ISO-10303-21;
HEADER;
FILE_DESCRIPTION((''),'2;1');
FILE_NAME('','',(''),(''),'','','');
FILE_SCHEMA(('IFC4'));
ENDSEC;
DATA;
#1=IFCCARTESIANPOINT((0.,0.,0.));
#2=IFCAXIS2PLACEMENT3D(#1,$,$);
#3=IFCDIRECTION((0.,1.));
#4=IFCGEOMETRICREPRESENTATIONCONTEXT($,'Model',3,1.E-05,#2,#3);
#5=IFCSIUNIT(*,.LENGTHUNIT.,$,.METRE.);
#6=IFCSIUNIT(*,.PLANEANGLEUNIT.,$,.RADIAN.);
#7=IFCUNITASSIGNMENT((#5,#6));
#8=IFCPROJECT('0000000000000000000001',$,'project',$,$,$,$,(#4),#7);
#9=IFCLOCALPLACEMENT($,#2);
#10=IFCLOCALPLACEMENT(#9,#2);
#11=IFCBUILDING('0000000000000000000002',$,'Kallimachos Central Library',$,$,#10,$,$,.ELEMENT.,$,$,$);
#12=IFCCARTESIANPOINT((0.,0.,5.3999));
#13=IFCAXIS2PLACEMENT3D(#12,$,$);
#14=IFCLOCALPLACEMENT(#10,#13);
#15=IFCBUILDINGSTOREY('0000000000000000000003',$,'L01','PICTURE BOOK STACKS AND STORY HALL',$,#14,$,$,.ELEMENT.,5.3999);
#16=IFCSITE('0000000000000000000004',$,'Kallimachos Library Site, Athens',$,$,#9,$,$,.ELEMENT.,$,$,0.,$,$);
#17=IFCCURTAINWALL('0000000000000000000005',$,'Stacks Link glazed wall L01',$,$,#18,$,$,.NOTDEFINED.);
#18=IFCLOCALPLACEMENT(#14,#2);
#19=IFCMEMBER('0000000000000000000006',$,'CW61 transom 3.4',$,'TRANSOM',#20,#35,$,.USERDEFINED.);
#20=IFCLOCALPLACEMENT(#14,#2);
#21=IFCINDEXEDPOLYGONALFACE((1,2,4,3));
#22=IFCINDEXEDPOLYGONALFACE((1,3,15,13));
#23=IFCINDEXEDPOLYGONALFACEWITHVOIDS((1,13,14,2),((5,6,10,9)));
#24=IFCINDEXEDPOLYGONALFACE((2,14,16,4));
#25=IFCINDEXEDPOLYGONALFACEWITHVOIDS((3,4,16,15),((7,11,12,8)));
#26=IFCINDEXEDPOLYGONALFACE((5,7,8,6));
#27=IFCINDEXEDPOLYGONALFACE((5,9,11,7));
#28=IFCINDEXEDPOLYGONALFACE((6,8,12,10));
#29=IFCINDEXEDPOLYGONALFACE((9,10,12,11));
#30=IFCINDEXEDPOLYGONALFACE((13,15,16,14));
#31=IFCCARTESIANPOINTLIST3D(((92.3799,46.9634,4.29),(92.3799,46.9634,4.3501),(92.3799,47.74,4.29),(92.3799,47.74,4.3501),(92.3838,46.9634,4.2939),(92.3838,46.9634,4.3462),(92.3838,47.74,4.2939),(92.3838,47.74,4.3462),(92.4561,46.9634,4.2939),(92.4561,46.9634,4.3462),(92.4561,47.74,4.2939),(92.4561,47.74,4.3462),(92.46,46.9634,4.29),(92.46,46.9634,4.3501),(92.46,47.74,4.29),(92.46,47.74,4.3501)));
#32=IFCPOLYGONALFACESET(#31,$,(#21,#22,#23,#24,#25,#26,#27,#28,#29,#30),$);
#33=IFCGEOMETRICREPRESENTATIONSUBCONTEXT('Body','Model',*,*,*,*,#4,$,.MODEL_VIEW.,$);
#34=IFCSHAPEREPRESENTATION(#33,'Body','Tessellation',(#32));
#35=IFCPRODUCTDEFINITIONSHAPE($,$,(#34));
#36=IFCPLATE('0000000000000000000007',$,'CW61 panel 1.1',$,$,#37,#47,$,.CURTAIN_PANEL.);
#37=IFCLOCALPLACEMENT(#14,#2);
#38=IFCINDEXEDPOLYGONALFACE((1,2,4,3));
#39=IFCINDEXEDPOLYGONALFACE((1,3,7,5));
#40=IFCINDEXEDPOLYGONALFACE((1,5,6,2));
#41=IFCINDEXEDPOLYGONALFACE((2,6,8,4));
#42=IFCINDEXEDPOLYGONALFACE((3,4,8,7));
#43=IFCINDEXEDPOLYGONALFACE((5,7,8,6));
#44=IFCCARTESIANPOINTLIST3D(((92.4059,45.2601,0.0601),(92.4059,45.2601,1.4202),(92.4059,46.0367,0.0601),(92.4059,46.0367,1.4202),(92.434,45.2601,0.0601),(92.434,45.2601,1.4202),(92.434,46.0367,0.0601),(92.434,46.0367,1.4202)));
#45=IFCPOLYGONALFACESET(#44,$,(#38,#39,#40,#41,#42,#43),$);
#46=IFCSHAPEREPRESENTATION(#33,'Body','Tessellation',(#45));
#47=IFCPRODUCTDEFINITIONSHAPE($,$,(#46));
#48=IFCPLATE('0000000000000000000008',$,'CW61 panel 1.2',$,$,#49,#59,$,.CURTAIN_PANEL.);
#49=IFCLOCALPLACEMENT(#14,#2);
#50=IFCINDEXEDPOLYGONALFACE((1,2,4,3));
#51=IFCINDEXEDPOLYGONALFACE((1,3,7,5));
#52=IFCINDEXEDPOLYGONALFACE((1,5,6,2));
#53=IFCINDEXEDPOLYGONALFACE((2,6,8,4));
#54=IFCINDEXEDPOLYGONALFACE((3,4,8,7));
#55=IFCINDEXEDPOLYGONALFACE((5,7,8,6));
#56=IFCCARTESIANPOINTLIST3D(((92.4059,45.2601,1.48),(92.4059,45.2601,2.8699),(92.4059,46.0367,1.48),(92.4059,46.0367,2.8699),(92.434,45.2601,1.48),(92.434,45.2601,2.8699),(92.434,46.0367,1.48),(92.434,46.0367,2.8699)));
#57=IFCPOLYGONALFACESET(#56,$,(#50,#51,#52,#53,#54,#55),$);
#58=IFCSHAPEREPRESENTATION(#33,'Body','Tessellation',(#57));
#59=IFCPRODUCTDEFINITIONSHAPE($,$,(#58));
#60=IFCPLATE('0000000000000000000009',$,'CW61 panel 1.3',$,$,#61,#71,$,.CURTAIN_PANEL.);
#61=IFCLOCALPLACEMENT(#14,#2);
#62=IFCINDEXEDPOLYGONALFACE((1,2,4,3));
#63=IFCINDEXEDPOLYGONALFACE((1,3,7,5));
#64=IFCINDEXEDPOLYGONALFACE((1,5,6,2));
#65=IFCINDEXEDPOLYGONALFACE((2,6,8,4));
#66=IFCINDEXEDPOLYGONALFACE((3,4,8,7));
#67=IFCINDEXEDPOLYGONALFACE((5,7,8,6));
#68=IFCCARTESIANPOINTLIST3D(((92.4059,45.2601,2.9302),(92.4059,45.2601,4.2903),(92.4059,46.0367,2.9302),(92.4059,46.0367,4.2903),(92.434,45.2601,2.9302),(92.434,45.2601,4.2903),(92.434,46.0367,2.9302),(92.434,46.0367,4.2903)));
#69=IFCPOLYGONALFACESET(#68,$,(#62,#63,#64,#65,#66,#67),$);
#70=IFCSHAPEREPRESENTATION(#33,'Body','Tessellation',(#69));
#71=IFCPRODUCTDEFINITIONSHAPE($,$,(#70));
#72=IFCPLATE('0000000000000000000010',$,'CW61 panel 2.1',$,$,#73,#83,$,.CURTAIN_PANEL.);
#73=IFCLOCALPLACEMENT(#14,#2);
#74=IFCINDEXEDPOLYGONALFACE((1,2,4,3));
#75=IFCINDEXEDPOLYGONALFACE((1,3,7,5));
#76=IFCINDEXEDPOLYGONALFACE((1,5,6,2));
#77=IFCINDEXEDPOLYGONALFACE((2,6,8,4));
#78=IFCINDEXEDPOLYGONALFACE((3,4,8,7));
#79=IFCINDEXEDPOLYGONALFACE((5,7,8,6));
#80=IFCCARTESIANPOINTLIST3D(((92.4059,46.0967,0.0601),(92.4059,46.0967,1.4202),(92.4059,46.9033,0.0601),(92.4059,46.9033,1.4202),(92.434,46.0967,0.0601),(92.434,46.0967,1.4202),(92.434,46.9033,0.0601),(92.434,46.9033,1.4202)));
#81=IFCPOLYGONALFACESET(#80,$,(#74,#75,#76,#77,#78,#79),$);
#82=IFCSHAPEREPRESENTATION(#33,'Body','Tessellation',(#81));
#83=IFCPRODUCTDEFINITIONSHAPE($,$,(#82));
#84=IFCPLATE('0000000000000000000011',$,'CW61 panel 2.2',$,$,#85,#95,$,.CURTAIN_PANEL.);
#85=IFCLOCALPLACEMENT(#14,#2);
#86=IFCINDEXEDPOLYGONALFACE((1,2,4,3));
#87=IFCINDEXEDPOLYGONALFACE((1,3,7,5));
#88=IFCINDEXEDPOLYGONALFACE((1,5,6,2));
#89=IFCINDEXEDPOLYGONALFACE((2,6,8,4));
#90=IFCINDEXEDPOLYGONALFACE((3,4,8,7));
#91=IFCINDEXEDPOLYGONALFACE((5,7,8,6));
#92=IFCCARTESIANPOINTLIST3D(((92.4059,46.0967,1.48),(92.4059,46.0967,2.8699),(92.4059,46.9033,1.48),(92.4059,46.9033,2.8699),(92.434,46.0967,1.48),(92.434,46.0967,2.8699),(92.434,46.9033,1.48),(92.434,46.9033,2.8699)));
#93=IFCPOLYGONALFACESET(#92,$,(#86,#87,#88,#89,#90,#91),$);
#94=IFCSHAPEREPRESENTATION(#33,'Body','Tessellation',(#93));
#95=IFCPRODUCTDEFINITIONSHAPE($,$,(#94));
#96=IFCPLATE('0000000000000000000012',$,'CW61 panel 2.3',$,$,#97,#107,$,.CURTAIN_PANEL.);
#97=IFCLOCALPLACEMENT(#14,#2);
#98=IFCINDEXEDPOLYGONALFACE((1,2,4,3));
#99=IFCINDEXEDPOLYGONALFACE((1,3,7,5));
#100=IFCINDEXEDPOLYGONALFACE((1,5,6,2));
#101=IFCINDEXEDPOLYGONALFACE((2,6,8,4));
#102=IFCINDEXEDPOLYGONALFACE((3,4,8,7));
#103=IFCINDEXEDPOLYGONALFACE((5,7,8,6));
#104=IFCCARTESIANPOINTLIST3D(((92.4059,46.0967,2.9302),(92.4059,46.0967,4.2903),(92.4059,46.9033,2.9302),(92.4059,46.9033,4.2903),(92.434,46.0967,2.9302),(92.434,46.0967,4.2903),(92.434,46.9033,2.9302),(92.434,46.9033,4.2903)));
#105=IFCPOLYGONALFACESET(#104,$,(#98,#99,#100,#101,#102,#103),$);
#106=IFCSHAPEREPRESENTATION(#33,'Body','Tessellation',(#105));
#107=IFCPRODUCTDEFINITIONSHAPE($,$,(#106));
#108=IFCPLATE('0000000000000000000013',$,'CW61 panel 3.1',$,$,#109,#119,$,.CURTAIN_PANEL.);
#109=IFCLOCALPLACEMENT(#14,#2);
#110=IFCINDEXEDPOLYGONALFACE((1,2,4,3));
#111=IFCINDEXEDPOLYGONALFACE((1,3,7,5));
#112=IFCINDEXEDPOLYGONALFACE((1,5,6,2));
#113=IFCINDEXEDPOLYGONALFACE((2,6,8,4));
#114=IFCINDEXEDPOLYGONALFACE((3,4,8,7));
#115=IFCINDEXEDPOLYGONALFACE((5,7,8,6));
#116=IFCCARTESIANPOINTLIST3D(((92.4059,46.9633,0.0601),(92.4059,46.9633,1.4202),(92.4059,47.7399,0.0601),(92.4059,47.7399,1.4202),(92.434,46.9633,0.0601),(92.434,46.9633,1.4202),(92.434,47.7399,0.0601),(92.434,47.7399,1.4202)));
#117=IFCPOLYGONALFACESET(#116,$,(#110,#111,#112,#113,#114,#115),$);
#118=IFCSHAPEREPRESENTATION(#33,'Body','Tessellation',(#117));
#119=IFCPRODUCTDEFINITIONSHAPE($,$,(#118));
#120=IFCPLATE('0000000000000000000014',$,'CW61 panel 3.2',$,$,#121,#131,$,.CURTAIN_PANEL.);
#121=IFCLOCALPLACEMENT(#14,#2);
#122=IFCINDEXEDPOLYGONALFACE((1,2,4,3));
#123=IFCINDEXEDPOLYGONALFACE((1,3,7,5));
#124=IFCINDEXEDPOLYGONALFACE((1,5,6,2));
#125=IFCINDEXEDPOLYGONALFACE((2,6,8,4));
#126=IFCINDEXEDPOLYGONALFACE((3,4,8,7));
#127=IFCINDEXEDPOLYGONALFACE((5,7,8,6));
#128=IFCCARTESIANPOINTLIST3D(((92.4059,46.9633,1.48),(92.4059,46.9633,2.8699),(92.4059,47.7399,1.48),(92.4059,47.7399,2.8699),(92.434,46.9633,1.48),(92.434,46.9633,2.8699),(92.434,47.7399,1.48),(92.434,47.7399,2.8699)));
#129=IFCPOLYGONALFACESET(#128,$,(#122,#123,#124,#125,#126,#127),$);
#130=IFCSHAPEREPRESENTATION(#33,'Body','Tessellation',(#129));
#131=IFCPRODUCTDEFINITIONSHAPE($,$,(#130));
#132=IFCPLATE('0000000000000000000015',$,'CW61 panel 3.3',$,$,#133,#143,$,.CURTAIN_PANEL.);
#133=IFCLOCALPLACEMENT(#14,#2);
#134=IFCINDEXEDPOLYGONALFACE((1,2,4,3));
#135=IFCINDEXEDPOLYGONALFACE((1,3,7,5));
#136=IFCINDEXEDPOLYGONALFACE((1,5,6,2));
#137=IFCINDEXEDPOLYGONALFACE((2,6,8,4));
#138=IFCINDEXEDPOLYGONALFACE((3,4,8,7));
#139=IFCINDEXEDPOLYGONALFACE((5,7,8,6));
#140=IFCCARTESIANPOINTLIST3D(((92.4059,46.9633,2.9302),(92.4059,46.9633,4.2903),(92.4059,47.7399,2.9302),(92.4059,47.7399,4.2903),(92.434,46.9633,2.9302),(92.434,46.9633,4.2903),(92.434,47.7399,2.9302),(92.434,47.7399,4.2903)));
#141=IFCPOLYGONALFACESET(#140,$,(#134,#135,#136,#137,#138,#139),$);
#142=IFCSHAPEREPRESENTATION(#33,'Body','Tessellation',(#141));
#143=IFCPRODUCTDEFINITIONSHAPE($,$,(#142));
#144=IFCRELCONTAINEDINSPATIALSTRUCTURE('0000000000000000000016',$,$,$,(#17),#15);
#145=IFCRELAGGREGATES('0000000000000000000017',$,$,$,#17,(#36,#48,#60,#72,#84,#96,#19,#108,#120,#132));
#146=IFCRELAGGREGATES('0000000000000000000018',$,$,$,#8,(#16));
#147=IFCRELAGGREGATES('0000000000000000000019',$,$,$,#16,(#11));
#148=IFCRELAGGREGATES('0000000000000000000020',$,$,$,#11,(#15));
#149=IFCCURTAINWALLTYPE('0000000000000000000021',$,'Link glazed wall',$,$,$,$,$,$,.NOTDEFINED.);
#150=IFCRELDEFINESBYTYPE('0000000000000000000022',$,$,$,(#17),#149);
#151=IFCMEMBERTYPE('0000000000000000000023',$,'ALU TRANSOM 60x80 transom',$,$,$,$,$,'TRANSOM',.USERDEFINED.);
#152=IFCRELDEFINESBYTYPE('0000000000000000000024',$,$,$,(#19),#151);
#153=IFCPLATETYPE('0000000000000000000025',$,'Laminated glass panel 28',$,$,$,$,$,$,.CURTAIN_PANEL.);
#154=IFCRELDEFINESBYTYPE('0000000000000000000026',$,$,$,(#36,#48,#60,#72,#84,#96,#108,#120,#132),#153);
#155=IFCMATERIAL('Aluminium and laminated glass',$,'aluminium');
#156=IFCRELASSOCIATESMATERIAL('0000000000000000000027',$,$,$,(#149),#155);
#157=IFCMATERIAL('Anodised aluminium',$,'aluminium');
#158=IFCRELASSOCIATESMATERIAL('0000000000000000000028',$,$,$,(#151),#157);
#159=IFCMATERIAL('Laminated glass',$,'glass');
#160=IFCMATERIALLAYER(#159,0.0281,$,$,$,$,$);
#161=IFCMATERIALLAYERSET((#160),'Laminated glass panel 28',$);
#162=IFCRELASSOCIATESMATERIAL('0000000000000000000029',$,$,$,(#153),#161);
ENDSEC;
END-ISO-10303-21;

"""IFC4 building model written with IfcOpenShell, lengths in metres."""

from ifc_helpers import new_model, si_unit, direction, frame, origin, origin_2d, place, context, subcontext, project, spatial, rectangle, hollow_rectangle, extrude, material, layer, layer_set, material_profile, profile_set, type_object, element, aggregate, save


model = new_model("IFC4")

# Units and contexts
model_context = context("Model", 3, precision=1e-05, world=origin(), true_north=direction((0.0, 1.0)))
body_context = subcontext(model_context, "Body", "Model", "MODEL_VIEW")
ifc_project = project(units=[si_unit("LENGTHUNIT", "METRE"), si_unit("PLANEANGLEUNIT", "RADIAN")], contexts=[model_context])

# Site, building, storey
site_placement = place(None, origin())
site = spatial("IfcSite", under=ifc_project, at=site_placement, Name="Kallimachos Library Site, Athens", CompositionType="ELEMENT", RefElevation=0.0)
building_placement = place(site_placement, origin())
building = spatial("IfcBuilding", under=site, at=building_placement, Name="Kallimachos Central Library", CompositionType="ELEMENT")
storey_placement = place(building_placement, frame((0.0, 0.0, 5.3999)))
storey = spatial("IfcBuildingStorey", under=building, at=storey_placement, Name="L01", Description="PICTURE BOOK STACKS AND STORY HALL", CompositionType="ELEMENT", Elevation=5.3999)

# Curtain wall, member, plates
ifc_material_1 = material(Name="Aluminium and laminated glass", Category="aluminium")
curtain_wall_type = type_object("IfcCurtainWallType", Name="Link glazed wall", PredefinedType="NOTDEFINED", material=ifc_material_1)
curtain_wall_placement = place(storey_placement, origin())
curtain_wall = element("IfcCurtainWall", 1, at=curtain_wall_placement, inside=storey, type_object=curtain_wall_type, Name="Stacks Link glazed wall L01", PredefinedType="NOTDEFINED")
ifc_material_2 = material(Name="Anodised aluminium", Category="aluminium")
ifc_material_profile_1 = material_profile(ifc_material_2, hollow_rectangle(XDim=0.0601, YDim=0.0801, WallThickness=0.0039, at=origin_2d()), Name="ALU TRANSOM 60x80")
ifc_profile_set_1 = profile_set([ifc_material_profile_1], Name="Anodised aluminium")
member_type_1 = type_object("IfcMemberType", Name="ALU TRANSOM 60x80 transom", ElementType="TRANSOM", PredefinedType="USERDEFINED", material=ifc_profile_set_1)
member_1_placement = place(storey_placement, frame((92.4199, 46.9634, 4.3201), z_axis=(0.0, 1.0, 0.0), x_axis=(0.0, 0.0, 1.0)))
member_1 = element("IfcMember", 2, at=member_1_placement, type_object=member_type_1, Name="CW61 transom 3.4", ObjectType="TRANSOM", PredefinedType="USERDEFINED", context=body_context, shape_type="SweptSolid", body=[
    extrude(hollow_rectangle(XDim=0.0601, YDim=0.0801, WallThickness=0.0039, at=origin_2d()), origin(), (0.0, 0.0, 1.0), 0.7766),
])
ifc_material_3 = material(Name="Laminated glass", Category="glass")
ifc_layer = layer(ifc_material_3, 0.0281)
ifc_layer_set = layer_set([ifc_layer], Name="Laminated glass panel 28")
plate_type = type_object("IfcPlateType", Name="Laminated glass panel 28", PredefinedType="CURTAIN_PANEL", material=ifc_layer_set)
plate_1_placement = place(storey_placement, frame((92.4199, 45.6484, 0.0601), z_axis=(0.0, 0.0, 1.0), x_axis=(0.0, 1.0, 0.0)))
plate_1 = element("IfcPlate", 3, at=plate_1_placement, type_object=plate_type, Name="CW61 panel 1.1", PredefinedType="CURTAIN_PANEL", context=body_context, shape_type="SweptSolid", body=[
    extrude(rectangle(XDim=0.7766, YDim=0.0281, at=origin_2d()), origin(), (0.0, 0.0, 1.0), 1.3601),
])
plate_2_placement = place(storey_placement, frame((92.4199, 45.6484, 1.48), z_axis=(0.0, 0.0, 1.0), x_axis=(0.0, 1.0, 0.0)))
plate_2 = element("IfcPlate", 4, at=plate_2_placement, type_object=plate_type, Name="CW61 panel 1.2", PredefinedType="CURTAIN_PANEL", context=body_context, shape_type="SweptSolid", body=[
    extrude(rectangle(XDim=0.7766, YDim=0.0281, at=origin_2d()), origin(), (0.0, 0.0, 1.0), 1.3899),
])
plate_3_placement = place(storey_placement, frame((92.4199, 45.6484, 2.9302), z_axis=(0.0, 0.0, 1.0), x_axis=(0.0, 1.0, 0.0)))
plate_3 = element("IfcPlate", 5, at=plate_3_placement, type_object=plate_type, Name="CW61 panel 1.3", PredefinedType="CURTAIN_PANEL", context=body_context, shape_type="SweptSolid", body=[
    extrude(rectangle(XDim=0.7766, YDim=0.0281, at=origin_2d()), origin(), (0.0, 0.0, 1.0), 1.3601),
])
plate_4_placement = place(storey_placement, frame((92.4199, 46.5, 0.0601), z_axis=(0.0, 0.0, 1.0), x_axis=(0.0, 1.0, 0.0)))
plate_4 = element("IfcPlate", 6, at=plate_4_placement, type_object=plate_type, Name="CW61 panel 2.1", PredefinedType="CURTAIN_PANEL", context=body_context, shape_type="SweptSolid", body=[
    extrude(rectangle(XDim=0.8066, YDim=0.0281, at=origin_2d()), origin(), (0.0, 0.0, 1.0), 1.3601),
])
plate_5_placement = place(storey_placement, frame((92.4199, 46.5, 1.48), z_axis=(0.0, 0.0, 1.0), x_axis=(0.0, 1.0, 0.0)))
plate_5 = element("IfcPlate", 7, at=plate_5_placement, type_object=plate_type, Name="CW61 panel 2.2", PredefinedType="CURTAIN_PANEL", context=body_context, shape_type="SweptSolid", body=[
    extrude(rectangle(XDim=0.8066, YDim=0.0281, at=origin_2d()), origin(), (0.0, 0.0, 1.0), 1.3899),
])
plate_6_placement = place(storey_placement, frame((92.4199, 46.5, 2.9302), z_axis=(0.0, 0.0, 1.0), x_axis=(0.0, 1.0, 0.0)))
plate_6 = element("IfcPlate", 8, at=plate_6_placement, type_object=plate_type, Name="CW61 panel 2.3", PredefinedType="CURTAIN_PANEL", context=body_context, shape_type="SweptSolid", body=[
    extrude(rectangle(XDim=0.8066, YDim=0.0281, at=origin_2d()), origin(), (0.0, 0.0, 1.0), 1.3601),
])
plate_7_placement = place(storey_placement, frame((92.4199, 47.3516, 0.0601), z_axis=(0.0, 0.0, 1.0), x_axis=(0.0, 1.0, 0.0)))
plate_7 = element("IfcPlate", 9, at=plate_7_placement, type_object=plate_type, Name="CW61 panel 3.1", PredefinedType="CURTAIN_PANEL", context=body_context, shape_type="SweptSolid", body=[
    extrude(rectangle(XDim=0.7766, YDim=0.0281, at=origin_2d()), origin(), (0.0, 0.0, 1.0), 1.3601),
])
plate_8_placement = place(storey_placement, frame((92.4199, 47.3516, 1.48), z_axis=(0.0, 0.0, 1.0), x_axis=(0.0, 1.0, 0.0)))
plate_8 = element("IfcPlate", 10, at=plate_8_placement, type_object=plate_type, Name="CW61 panel 3.2", PredefinedType="CURTAIN_PANEL", context=body_context, shape_type="SweptSolid", body=[
    extrude(rectangle(XDim=0.7766, YDim=0.0281, at=origin_2d()), origin(), (0.0, 0.0, 1.0), 1.3899),
])
plate_9_placement = place(storey_placement, frame((92.4199, 47.3516, 2.9302), z_axis=(0.0, 0.0, 1.0), x_axis=(0.0, 1.0, 0.0)))
plate_9 = element("IfcPlate", 11, at=plate_9_placement, type_object=plate_type, Name="CW61 panel 3.3", PredefinedType="CURTAIN_PANEL", context=body_context, shape_type="SweptSolid", body=[
    extrude(rectangle(XDim=0.7766, YDim=0.0281, at=origin_2d()), origin(), (0.0, 0.0, 1.0), 1.3601),
])
aggregate(curtain_wall, [plate_1, plate_2, plate_3, plate_4, plate_5, plate_6, member_1, plate_7, plate_8, plate_9])

save(model, "model.ifc")
